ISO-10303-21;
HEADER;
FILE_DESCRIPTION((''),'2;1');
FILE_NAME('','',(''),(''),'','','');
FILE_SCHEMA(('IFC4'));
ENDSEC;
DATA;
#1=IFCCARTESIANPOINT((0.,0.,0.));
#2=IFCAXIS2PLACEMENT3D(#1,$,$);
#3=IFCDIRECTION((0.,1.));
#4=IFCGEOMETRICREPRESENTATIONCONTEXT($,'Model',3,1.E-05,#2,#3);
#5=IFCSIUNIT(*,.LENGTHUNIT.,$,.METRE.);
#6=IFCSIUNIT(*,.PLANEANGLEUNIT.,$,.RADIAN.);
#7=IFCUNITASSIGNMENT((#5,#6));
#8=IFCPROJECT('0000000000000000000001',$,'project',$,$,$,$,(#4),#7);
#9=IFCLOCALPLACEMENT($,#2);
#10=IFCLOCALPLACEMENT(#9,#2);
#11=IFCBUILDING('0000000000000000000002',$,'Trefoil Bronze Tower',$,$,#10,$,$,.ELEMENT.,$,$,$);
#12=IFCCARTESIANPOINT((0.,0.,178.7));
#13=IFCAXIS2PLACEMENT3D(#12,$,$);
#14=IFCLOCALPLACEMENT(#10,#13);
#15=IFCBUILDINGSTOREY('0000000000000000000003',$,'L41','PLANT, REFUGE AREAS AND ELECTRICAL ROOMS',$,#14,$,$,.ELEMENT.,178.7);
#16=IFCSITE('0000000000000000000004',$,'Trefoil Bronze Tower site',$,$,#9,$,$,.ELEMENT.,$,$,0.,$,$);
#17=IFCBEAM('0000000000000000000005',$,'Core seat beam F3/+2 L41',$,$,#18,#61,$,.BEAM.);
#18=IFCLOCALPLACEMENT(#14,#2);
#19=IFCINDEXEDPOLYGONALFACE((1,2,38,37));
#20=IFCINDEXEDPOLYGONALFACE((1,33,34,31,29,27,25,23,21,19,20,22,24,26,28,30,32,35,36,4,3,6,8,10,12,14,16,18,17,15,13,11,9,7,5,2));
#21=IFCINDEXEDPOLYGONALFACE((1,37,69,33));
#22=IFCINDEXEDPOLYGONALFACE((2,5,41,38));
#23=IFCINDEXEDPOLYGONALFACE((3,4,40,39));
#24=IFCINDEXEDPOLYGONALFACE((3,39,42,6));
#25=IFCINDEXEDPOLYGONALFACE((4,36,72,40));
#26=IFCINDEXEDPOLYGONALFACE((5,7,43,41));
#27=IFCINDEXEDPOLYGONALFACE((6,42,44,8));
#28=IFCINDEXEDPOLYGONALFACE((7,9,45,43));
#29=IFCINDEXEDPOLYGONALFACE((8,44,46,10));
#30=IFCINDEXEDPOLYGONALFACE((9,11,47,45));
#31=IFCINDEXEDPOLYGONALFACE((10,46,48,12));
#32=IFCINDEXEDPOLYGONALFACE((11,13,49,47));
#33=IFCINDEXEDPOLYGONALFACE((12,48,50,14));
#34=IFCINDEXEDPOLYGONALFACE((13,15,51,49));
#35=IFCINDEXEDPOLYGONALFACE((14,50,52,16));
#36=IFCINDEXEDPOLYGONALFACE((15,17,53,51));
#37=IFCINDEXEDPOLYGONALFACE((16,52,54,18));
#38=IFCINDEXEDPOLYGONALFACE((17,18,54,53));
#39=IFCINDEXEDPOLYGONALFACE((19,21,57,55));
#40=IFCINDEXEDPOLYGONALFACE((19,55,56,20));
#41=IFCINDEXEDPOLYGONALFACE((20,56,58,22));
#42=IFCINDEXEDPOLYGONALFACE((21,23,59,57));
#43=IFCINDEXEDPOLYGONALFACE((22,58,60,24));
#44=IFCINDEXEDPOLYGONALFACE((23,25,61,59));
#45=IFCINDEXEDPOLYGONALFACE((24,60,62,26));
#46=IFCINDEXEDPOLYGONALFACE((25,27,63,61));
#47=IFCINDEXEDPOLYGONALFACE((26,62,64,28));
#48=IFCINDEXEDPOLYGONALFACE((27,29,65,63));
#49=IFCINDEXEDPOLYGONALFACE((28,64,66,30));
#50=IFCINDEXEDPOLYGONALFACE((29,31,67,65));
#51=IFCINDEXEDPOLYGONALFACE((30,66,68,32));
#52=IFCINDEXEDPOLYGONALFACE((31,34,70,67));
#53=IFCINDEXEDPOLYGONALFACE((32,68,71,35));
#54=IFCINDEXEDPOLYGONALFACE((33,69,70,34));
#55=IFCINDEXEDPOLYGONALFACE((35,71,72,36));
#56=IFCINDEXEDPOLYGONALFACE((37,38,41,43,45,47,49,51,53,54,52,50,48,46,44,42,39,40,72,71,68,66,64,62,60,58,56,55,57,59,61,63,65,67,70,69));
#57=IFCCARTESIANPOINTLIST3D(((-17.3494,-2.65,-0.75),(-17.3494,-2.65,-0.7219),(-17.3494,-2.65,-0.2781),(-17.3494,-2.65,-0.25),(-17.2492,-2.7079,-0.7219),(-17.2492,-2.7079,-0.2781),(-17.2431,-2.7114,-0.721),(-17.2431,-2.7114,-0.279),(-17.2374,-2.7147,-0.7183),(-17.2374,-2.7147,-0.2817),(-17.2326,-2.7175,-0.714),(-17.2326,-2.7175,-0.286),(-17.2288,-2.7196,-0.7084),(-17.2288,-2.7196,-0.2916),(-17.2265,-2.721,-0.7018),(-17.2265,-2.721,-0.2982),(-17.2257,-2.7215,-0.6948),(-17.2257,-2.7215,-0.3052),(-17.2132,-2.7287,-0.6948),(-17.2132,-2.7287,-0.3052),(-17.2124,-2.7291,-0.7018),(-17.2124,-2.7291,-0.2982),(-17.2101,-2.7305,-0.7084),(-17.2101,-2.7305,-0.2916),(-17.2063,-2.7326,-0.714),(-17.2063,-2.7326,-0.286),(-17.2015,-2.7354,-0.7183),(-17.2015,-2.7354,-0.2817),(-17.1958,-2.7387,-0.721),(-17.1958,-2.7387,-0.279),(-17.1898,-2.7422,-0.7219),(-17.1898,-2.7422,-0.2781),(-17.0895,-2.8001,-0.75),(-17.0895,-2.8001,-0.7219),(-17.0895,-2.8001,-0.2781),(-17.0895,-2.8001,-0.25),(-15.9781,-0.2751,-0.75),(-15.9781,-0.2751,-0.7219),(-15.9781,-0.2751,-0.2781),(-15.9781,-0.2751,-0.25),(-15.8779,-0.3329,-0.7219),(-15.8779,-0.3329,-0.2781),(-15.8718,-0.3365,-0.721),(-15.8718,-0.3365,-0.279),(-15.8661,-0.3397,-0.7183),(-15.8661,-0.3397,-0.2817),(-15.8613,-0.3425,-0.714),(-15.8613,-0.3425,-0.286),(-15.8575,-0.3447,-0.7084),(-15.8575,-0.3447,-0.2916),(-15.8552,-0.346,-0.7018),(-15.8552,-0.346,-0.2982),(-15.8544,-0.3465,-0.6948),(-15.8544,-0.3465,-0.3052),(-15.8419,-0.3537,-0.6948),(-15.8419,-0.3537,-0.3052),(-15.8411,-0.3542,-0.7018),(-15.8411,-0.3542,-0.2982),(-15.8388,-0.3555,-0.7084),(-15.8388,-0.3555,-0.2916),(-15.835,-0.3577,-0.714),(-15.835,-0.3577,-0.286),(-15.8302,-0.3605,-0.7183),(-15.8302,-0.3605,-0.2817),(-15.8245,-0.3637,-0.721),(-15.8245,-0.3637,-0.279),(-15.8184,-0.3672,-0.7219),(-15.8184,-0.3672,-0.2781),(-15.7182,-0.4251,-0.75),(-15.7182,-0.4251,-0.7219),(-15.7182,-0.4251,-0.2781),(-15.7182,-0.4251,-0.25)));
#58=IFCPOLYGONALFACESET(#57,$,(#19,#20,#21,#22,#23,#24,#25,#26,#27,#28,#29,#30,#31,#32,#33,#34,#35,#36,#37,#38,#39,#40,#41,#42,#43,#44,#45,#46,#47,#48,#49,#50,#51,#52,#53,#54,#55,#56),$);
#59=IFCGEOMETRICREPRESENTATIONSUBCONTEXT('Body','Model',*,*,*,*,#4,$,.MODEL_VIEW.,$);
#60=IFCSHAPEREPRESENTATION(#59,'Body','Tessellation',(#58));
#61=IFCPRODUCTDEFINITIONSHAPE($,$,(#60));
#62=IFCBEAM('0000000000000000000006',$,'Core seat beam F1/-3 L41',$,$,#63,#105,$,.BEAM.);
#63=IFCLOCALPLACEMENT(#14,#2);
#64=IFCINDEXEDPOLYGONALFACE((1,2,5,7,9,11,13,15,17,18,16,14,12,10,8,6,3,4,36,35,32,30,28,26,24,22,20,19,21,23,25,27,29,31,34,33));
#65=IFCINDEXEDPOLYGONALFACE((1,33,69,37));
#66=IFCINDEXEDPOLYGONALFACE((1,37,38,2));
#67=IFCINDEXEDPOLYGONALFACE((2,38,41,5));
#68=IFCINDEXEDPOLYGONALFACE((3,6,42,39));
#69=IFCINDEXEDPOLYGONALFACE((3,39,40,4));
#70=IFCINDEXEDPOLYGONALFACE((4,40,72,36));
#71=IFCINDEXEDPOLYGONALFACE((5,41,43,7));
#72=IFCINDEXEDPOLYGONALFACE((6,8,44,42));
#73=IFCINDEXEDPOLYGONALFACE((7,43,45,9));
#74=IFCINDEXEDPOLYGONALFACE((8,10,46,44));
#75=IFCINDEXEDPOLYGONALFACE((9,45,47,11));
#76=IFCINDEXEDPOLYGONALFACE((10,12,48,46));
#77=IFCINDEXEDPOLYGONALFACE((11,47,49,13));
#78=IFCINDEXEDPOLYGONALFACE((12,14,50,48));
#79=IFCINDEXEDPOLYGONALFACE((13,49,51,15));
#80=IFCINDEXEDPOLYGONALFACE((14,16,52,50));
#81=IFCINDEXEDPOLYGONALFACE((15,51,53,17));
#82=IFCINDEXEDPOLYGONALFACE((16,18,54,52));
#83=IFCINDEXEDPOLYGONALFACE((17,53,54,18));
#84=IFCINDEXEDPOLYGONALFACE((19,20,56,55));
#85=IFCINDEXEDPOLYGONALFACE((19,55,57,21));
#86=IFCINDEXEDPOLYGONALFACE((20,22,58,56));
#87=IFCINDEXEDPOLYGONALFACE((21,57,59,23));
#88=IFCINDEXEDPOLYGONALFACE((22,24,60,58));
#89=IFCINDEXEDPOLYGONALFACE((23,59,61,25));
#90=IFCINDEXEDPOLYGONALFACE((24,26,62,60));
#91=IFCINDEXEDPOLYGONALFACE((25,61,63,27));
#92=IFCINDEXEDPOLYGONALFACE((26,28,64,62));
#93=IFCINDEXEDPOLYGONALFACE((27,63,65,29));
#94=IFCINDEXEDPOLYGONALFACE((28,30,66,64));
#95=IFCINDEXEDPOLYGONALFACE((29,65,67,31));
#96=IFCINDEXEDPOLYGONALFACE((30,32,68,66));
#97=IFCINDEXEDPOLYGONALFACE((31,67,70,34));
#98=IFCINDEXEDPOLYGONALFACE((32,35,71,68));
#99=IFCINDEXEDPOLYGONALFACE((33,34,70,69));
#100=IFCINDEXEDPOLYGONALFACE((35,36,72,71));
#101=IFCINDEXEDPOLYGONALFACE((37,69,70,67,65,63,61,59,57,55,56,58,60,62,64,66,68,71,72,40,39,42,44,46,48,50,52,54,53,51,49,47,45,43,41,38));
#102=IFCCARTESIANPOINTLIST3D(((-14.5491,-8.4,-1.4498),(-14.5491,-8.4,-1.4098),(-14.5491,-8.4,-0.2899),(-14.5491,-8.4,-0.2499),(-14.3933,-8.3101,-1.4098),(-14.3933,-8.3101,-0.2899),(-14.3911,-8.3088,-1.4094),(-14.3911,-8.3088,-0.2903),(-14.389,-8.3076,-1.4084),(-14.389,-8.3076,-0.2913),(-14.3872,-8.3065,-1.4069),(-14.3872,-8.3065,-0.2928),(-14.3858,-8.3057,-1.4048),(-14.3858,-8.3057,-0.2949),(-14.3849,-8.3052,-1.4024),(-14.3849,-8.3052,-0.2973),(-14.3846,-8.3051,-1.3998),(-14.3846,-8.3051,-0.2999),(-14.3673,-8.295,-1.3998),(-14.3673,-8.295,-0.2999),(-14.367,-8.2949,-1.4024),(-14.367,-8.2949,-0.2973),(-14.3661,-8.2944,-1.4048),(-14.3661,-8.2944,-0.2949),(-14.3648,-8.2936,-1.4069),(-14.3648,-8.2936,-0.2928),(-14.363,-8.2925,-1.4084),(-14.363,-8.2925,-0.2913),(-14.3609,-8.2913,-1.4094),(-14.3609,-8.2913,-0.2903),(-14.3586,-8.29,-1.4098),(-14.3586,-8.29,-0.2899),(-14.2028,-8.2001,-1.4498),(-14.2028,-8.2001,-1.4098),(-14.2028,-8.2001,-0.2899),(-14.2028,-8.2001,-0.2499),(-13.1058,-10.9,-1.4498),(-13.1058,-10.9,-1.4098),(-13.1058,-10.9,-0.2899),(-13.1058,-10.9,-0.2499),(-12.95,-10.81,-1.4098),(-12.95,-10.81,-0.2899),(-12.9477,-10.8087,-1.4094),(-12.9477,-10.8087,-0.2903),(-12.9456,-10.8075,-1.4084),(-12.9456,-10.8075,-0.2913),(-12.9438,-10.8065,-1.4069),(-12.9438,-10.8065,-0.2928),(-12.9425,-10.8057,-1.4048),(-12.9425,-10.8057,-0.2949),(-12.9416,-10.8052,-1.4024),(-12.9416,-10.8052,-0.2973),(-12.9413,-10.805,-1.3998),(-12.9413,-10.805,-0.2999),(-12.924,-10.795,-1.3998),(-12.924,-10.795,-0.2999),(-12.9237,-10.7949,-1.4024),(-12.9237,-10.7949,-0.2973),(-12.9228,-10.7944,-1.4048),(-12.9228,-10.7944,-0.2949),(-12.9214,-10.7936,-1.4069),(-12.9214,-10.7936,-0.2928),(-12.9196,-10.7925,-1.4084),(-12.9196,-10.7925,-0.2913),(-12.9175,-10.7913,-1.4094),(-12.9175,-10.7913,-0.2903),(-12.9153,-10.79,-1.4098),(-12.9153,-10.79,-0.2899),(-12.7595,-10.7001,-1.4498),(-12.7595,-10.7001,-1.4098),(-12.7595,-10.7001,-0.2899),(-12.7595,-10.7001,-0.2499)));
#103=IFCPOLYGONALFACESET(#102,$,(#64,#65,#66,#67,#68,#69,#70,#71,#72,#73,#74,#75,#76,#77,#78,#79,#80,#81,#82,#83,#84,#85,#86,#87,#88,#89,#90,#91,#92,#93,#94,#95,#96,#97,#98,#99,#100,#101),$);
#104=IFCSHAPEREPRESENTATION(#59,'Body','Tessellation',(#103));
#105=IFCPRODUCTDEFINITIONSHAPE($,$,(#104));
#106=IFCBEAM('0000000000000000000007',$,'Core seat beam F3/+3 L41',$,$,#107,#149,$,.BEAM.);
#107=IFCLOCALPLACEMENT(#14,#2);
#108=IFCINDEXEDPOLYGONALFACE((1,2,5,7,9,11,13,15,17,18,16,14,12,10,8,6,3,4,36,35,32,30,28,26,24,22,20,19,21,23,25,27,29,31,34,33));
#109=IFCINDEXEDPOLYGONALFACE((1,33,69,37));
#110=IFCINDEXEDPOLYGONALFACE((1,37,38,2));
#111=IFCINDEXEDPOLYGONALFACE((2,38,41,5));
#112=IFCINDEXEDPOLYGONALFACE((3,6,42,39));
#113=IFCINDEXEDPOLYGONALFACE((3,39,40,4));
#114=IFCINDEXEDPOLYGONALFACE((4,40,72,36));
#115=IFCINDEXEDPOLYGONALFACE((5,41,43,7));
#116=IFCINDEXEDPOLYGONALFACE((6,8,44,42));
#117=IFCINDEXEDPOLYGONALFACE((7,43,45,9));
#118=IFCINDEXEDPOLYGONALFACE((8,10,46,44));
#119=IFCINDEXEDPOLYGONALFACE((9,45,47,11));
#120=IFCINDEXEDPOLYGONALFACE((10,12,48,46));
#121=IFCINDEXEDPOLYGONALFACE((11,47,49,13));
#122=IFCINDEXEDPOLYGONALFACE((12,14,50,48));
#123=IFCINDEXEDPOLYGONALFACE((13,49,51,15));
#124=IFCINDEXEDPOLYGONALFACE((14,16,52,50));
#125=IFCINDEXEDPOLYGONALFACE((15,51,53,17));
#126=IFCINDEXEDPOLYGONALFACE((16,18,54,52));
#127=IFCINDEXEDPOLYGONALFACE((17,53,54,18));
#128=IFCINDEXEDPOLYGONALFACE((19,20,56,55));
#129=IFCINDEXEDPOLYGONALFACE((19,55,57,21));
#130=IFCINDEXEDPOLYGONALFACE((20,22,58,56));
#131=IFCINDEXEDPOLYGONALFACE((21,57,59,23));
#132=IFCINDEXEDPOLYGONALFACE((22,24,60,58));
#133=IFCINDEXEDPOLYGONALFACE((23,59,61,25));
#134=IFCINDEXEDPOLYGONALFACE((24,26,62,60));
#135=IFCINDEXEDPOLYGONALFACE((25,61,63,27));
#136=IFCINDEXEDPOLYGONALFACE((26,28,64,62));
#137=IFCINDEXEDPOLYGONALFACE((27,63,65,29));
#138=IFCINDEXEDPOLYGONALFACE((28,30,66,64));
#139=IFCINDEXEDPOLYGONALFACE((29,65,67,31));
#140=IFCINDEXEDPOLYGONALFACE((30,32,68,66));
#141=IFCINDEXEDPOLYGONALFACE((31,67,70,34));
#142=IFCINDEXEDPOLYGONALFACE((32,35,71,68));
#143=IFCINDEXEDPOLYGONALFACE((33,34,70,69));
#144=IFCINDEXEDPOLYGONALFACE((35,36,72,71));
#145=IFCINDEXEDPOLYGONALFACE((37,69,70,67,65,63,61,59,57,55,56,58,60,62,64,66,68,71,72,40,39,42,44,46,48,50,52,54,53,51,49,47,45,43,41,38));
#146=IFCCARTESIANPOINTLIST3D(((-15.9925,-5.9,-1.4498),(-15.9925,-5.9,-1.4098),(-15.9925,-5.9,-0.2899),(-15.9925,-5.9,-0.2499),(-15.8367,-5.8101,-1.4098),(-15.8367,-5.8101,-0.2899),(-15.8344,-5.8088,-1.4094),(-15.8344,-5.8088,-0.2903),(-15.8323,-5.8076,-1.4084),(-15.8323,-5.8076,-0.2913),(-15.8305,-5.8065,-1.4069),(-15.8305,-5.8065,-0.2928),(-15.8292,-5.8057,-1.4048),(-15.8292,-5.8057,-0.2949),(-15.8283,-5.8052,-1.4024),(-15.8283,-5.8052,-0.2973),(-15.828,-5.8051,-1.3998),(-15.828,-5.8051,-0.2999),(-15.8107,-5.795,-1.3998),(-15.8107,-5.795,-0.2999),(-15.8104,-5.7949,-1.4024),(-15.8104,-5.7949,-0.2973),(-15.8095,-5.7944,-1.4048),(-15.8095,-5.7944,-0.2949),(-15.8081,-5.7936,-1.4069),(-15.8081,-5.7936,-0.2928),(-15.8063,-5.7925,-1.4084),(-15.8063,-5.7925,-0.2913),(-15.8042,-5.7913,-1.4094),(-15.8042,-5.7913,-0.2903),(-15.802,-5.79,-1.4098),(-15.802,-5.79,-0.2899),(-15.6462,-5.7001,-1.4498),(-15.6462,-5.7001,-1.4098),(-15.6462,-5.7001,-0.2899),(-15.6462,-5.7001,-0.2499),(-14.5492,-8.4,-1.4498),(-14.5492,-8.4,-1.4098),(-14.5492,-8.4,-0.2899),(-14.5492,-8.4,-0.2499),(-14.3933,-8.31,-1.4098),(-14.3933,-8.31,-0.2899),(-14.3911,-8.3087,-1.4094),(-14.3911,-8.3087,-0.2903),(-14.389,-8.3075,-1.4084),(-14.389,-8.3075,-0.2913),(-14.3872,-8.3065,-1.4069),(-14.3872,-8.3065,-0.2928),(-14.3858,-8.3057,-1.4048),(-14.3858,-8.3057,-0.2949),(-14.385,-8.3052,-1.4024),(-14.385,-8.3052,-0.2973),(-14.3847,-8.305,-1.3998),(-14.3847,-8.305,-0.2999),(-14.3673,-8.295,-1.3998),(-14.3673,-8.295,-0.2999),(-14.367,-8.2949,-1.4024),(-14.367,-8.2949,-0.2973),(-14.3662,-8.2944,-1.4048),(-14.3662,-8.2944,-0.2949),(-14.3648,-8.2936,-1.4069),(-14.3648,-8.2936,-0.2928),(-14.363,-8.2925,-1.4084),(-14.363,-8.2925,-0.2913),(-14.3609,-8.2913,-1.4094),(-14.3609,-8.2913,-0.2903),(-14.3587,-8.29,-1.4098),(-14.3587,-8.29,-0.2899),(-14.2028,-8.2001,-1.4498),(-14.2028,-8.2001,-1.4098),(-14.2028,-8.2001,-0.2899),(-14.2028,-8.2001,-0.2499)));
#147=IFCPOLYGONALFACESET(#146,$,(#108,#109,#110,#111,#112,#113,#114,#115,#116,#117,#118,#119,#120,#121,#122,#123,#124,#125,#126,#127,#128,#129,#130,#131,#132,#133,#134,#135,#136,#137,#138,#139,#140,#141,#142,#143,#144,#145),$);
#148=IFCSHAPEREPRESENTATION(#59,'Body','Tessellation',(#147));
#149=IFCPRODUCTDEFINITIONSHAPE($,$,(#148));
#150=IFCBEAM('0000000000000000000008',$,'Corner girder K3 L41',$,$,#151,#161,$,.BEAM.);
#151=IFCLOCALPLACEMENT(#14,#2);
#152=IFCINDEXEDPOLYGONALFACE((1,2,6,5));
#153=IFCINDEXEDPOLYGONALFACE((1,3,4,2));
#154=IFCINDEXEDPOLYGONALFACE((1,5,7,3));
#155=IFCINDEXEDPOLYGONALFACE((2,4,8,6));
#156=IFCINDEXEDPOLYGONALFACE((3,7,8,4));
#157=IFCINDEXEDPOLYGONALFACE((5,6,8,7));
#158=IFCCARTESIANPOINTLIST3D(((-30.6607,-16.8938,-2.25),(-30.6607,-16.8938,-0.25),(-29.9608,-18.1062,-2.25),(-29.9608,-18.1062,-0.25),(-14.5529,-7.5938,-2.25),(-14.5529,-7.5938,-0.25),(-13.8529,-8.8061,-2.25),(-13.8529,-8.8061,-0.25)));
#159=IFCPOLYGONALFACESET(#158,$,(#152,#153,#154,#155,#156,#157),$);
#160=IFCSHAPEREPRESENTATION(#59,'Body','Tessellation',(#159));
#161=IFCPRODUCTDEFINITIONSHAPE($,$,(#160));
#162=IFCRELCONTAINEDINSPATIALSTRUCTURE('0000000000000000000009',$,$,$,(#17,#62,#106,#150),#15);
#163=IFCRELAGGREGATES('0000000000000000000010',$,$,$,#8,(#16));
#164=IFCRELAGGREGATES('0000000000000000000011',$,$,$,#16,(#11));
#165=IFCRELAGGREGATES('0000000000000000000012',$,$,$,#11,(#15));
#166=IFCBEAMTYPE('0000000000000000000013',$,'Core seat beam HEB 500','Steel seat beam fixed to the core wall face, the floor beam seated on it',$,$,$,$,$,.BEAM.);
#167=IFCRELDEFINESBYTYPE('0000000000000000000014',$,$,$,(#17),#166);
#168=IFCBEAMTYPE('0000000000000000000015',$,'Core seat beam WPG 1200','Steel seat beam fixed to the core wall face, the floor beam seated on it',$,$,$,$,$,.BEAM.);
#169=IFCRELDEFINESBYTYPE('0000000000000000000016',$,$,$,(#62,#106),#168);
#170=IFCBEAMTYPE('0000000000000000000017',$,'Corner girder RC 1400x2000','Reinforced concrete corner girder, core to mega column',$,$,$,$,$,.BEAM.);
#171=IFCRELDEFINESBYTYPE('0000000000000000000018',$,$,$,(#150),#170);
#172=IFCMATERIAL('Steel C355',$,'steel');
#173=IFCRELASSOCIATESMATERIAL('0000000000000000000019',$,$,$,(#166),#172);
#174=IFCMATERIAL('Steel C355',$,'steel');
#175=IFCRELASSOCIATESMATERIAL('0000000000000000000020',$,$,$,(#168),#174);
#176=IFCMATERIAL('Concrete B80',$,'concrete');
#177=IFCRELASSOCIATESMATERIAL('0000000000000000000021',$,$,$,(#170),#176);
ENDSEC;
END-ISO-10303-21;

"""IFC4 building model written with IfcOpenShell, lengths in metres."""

from ifc_helpers import new_model, si_unit, direction, frame, origin, origin_2d, place, context, subcontext, project, spatial, rectangle, i_section, extrude, material, material_profile, profile_set, type_object, element, save


model = new_model("IFC4")

# Units and contexts
model_context = context("Model", 3, precision=1e-05, world=origin(), true_north=direction((0.0, 1.0)))
body_context = subcontext(model_context, "Body", "Model", "MODEL_VIEW")
ifc_project = project(units=[si_unit("LENGTHUNIT", "METRE"), si_unit("PLANEANGLEUNIT", "RADIAN")], contexts=[model_context])

# Site, building, storey
site_placement = place(None, origin())
site = spatial("IfcSite", under=ifc_project, at=site_placement, Name="Trefoil Bronze Tower site", CompositionType="ELEMENT", RefElevation=0.0)
building_placement = place(site_placement, origin())
building = spatial("IfcBuilding", under=site, at=building_placement, Name="Trefoil Bronze Tower", CompositionType="ELEMENT")
storey_placement = place(building_placement, frame((0.0, 0.0, 178.7)))
storey = spatial("IfcBuildingStorey", under=building, at=storey_placement, Name="L41", Description="PLANT, REFUGE AREAS AND ELECTRICAL ROOMS", CompositionType="ELEMENT", Elevation=178.7)

# Beams
ifc_material_1 = material(Name="Steel C355", Category="steel")
ifc_material_profile_1 = material_profile(ifc_material_1, i_section(OverallWidth=0.3, OverallDepth=0.5, WebThickness=0.0144, FlangeThickness=0.0281, FilletRadius=0.0271, at=origin_2d()), Name="HEB 500")
ifc_profile_set_1 = profile_set([ifc_material_profile_1], Name="Steel C355")
beam_type_1 = type_object("IfcBeamType", Name="Core seat beam HEB 500", Description="Steel seat beam fixed to the core wall face, the floor beam seated on it", PredefinedType="BEAM", material=ifc_profile_set_1)
beam_1_placement = place(storey_placement, frame((-15.8481, -0.3501, -0.5), z_axis=(-0.500036, -0.866005, 0.0), x_axis=(0.866005, -0.500036, 0.0)))
element("IfcBeam", 1, at=beam_1_placement, inside=storey, type_object=beam_type_1, Name="Core seat beam F3/+2 L41", PredefinedType="BEAM", context=body_context, shape_type="SweptSolid", body=[
    extrude(i_section(OverallWidth=0.3, OverallDepth=0.5, WebThickness=0.0144, FlangeThickness=0.0281, FilletRadius=0.0271, at=origin_2d()), origin(), (0.0, 0.0, 1.0), 2.7424),
])
ifc_material_2 = material(Name="Steel C355", Category="steel")
ifc_material_profile_2 = material_profile(ifc_material_2, i_section(OverallWidth=0.3999, OverallDepth=1.2, WebThickness=0.02, FlangeThickness=0.04, FilletRadius=0.01, at=origin_2d()), Name="WPG 1200")
ifc_profile_set_2 = profile_set([ifc_material_profile_2], Name="Steel C355")
beam_type_2 = type_object("IfcBeamType", Name="Core seat beam WPG 1200", Description="Steel seat beam fixed to the core wall face, the floor beam seated on it", PredefinedType="BEAM", material=ifc_profile_set_2)
for number, where, z_axis, x_axis, name in (
    (2, (-14.376, -8.3, -0.8499), (0.499996, -0.866028, 0.0), (0.866028, 0.499996, 0.0), "Core seat beam F1/-3 L41"),
    (3, (-15.8193, -5.8, -0.8499), (0.499996, -0.866028, 0.0), (0.866028, 0.499996, 0.0), "Core seat beam F3/+3 L41"),
):
    element("IfcBeam", number, at=place(storey_placement, frame(where, z_axis=z_axis, x_axis=x_axis)), inside=storey, type_object=beam_type_2, Name=name, PredefinedType="BEAM", context=body_context, shape_type="SweptSolid", body=[
        extrude(i_section(OverallWidth=0.3999, OverallDepth=1.2, WebThickness=0.02, FlangeThickness=0.04, FilletRadius=0.01, at=origin_2d()), origin(), (0.0, 0.0, 1.0), 2.8867),
    ])
ifc_material_3 = material(Name="Concrete B80", Category="concrete")
ifc_material_profile_3 = material_profile(ifc_material_3, rectangle(XDim=1.3999, YDim=2.0, at=origin_2d()), Name="RC 1400x2000")
ifc_profile_set_3 = profile_set([ifc_material_profile_3], Name="Concrete B80")
beam_type_3 = type_object("IfcBeamType", Name="Corner girder RC 1400x2000", Description="Reinforced concrete corner girder, core to mega column", PredefinedType="BEAM", material=ifc_profile_set_3)
beam_2_placement = place(storey_placement, frame((-14.2029, -8.2, -1.25), z_axis=(-0.866022, -0.500006, 0.0), x_axis=(0.500006, -0.866022, 0.0)))
element("IfcBeam", 4, at=beam_2_placement, inside=storey, type_object=beam_type_3, Name="Corner girder K3 L41", PredefinedType="BEAM", context=body_context, shape_type="SweptSolid", body=[
    extrude(rectangle(XDim=1.3999, YDim=2.0, at=origin_2d()), origin(), (0.0, 0.0, 1.0), 18.5999),
])

save(model, "model.ifc")
